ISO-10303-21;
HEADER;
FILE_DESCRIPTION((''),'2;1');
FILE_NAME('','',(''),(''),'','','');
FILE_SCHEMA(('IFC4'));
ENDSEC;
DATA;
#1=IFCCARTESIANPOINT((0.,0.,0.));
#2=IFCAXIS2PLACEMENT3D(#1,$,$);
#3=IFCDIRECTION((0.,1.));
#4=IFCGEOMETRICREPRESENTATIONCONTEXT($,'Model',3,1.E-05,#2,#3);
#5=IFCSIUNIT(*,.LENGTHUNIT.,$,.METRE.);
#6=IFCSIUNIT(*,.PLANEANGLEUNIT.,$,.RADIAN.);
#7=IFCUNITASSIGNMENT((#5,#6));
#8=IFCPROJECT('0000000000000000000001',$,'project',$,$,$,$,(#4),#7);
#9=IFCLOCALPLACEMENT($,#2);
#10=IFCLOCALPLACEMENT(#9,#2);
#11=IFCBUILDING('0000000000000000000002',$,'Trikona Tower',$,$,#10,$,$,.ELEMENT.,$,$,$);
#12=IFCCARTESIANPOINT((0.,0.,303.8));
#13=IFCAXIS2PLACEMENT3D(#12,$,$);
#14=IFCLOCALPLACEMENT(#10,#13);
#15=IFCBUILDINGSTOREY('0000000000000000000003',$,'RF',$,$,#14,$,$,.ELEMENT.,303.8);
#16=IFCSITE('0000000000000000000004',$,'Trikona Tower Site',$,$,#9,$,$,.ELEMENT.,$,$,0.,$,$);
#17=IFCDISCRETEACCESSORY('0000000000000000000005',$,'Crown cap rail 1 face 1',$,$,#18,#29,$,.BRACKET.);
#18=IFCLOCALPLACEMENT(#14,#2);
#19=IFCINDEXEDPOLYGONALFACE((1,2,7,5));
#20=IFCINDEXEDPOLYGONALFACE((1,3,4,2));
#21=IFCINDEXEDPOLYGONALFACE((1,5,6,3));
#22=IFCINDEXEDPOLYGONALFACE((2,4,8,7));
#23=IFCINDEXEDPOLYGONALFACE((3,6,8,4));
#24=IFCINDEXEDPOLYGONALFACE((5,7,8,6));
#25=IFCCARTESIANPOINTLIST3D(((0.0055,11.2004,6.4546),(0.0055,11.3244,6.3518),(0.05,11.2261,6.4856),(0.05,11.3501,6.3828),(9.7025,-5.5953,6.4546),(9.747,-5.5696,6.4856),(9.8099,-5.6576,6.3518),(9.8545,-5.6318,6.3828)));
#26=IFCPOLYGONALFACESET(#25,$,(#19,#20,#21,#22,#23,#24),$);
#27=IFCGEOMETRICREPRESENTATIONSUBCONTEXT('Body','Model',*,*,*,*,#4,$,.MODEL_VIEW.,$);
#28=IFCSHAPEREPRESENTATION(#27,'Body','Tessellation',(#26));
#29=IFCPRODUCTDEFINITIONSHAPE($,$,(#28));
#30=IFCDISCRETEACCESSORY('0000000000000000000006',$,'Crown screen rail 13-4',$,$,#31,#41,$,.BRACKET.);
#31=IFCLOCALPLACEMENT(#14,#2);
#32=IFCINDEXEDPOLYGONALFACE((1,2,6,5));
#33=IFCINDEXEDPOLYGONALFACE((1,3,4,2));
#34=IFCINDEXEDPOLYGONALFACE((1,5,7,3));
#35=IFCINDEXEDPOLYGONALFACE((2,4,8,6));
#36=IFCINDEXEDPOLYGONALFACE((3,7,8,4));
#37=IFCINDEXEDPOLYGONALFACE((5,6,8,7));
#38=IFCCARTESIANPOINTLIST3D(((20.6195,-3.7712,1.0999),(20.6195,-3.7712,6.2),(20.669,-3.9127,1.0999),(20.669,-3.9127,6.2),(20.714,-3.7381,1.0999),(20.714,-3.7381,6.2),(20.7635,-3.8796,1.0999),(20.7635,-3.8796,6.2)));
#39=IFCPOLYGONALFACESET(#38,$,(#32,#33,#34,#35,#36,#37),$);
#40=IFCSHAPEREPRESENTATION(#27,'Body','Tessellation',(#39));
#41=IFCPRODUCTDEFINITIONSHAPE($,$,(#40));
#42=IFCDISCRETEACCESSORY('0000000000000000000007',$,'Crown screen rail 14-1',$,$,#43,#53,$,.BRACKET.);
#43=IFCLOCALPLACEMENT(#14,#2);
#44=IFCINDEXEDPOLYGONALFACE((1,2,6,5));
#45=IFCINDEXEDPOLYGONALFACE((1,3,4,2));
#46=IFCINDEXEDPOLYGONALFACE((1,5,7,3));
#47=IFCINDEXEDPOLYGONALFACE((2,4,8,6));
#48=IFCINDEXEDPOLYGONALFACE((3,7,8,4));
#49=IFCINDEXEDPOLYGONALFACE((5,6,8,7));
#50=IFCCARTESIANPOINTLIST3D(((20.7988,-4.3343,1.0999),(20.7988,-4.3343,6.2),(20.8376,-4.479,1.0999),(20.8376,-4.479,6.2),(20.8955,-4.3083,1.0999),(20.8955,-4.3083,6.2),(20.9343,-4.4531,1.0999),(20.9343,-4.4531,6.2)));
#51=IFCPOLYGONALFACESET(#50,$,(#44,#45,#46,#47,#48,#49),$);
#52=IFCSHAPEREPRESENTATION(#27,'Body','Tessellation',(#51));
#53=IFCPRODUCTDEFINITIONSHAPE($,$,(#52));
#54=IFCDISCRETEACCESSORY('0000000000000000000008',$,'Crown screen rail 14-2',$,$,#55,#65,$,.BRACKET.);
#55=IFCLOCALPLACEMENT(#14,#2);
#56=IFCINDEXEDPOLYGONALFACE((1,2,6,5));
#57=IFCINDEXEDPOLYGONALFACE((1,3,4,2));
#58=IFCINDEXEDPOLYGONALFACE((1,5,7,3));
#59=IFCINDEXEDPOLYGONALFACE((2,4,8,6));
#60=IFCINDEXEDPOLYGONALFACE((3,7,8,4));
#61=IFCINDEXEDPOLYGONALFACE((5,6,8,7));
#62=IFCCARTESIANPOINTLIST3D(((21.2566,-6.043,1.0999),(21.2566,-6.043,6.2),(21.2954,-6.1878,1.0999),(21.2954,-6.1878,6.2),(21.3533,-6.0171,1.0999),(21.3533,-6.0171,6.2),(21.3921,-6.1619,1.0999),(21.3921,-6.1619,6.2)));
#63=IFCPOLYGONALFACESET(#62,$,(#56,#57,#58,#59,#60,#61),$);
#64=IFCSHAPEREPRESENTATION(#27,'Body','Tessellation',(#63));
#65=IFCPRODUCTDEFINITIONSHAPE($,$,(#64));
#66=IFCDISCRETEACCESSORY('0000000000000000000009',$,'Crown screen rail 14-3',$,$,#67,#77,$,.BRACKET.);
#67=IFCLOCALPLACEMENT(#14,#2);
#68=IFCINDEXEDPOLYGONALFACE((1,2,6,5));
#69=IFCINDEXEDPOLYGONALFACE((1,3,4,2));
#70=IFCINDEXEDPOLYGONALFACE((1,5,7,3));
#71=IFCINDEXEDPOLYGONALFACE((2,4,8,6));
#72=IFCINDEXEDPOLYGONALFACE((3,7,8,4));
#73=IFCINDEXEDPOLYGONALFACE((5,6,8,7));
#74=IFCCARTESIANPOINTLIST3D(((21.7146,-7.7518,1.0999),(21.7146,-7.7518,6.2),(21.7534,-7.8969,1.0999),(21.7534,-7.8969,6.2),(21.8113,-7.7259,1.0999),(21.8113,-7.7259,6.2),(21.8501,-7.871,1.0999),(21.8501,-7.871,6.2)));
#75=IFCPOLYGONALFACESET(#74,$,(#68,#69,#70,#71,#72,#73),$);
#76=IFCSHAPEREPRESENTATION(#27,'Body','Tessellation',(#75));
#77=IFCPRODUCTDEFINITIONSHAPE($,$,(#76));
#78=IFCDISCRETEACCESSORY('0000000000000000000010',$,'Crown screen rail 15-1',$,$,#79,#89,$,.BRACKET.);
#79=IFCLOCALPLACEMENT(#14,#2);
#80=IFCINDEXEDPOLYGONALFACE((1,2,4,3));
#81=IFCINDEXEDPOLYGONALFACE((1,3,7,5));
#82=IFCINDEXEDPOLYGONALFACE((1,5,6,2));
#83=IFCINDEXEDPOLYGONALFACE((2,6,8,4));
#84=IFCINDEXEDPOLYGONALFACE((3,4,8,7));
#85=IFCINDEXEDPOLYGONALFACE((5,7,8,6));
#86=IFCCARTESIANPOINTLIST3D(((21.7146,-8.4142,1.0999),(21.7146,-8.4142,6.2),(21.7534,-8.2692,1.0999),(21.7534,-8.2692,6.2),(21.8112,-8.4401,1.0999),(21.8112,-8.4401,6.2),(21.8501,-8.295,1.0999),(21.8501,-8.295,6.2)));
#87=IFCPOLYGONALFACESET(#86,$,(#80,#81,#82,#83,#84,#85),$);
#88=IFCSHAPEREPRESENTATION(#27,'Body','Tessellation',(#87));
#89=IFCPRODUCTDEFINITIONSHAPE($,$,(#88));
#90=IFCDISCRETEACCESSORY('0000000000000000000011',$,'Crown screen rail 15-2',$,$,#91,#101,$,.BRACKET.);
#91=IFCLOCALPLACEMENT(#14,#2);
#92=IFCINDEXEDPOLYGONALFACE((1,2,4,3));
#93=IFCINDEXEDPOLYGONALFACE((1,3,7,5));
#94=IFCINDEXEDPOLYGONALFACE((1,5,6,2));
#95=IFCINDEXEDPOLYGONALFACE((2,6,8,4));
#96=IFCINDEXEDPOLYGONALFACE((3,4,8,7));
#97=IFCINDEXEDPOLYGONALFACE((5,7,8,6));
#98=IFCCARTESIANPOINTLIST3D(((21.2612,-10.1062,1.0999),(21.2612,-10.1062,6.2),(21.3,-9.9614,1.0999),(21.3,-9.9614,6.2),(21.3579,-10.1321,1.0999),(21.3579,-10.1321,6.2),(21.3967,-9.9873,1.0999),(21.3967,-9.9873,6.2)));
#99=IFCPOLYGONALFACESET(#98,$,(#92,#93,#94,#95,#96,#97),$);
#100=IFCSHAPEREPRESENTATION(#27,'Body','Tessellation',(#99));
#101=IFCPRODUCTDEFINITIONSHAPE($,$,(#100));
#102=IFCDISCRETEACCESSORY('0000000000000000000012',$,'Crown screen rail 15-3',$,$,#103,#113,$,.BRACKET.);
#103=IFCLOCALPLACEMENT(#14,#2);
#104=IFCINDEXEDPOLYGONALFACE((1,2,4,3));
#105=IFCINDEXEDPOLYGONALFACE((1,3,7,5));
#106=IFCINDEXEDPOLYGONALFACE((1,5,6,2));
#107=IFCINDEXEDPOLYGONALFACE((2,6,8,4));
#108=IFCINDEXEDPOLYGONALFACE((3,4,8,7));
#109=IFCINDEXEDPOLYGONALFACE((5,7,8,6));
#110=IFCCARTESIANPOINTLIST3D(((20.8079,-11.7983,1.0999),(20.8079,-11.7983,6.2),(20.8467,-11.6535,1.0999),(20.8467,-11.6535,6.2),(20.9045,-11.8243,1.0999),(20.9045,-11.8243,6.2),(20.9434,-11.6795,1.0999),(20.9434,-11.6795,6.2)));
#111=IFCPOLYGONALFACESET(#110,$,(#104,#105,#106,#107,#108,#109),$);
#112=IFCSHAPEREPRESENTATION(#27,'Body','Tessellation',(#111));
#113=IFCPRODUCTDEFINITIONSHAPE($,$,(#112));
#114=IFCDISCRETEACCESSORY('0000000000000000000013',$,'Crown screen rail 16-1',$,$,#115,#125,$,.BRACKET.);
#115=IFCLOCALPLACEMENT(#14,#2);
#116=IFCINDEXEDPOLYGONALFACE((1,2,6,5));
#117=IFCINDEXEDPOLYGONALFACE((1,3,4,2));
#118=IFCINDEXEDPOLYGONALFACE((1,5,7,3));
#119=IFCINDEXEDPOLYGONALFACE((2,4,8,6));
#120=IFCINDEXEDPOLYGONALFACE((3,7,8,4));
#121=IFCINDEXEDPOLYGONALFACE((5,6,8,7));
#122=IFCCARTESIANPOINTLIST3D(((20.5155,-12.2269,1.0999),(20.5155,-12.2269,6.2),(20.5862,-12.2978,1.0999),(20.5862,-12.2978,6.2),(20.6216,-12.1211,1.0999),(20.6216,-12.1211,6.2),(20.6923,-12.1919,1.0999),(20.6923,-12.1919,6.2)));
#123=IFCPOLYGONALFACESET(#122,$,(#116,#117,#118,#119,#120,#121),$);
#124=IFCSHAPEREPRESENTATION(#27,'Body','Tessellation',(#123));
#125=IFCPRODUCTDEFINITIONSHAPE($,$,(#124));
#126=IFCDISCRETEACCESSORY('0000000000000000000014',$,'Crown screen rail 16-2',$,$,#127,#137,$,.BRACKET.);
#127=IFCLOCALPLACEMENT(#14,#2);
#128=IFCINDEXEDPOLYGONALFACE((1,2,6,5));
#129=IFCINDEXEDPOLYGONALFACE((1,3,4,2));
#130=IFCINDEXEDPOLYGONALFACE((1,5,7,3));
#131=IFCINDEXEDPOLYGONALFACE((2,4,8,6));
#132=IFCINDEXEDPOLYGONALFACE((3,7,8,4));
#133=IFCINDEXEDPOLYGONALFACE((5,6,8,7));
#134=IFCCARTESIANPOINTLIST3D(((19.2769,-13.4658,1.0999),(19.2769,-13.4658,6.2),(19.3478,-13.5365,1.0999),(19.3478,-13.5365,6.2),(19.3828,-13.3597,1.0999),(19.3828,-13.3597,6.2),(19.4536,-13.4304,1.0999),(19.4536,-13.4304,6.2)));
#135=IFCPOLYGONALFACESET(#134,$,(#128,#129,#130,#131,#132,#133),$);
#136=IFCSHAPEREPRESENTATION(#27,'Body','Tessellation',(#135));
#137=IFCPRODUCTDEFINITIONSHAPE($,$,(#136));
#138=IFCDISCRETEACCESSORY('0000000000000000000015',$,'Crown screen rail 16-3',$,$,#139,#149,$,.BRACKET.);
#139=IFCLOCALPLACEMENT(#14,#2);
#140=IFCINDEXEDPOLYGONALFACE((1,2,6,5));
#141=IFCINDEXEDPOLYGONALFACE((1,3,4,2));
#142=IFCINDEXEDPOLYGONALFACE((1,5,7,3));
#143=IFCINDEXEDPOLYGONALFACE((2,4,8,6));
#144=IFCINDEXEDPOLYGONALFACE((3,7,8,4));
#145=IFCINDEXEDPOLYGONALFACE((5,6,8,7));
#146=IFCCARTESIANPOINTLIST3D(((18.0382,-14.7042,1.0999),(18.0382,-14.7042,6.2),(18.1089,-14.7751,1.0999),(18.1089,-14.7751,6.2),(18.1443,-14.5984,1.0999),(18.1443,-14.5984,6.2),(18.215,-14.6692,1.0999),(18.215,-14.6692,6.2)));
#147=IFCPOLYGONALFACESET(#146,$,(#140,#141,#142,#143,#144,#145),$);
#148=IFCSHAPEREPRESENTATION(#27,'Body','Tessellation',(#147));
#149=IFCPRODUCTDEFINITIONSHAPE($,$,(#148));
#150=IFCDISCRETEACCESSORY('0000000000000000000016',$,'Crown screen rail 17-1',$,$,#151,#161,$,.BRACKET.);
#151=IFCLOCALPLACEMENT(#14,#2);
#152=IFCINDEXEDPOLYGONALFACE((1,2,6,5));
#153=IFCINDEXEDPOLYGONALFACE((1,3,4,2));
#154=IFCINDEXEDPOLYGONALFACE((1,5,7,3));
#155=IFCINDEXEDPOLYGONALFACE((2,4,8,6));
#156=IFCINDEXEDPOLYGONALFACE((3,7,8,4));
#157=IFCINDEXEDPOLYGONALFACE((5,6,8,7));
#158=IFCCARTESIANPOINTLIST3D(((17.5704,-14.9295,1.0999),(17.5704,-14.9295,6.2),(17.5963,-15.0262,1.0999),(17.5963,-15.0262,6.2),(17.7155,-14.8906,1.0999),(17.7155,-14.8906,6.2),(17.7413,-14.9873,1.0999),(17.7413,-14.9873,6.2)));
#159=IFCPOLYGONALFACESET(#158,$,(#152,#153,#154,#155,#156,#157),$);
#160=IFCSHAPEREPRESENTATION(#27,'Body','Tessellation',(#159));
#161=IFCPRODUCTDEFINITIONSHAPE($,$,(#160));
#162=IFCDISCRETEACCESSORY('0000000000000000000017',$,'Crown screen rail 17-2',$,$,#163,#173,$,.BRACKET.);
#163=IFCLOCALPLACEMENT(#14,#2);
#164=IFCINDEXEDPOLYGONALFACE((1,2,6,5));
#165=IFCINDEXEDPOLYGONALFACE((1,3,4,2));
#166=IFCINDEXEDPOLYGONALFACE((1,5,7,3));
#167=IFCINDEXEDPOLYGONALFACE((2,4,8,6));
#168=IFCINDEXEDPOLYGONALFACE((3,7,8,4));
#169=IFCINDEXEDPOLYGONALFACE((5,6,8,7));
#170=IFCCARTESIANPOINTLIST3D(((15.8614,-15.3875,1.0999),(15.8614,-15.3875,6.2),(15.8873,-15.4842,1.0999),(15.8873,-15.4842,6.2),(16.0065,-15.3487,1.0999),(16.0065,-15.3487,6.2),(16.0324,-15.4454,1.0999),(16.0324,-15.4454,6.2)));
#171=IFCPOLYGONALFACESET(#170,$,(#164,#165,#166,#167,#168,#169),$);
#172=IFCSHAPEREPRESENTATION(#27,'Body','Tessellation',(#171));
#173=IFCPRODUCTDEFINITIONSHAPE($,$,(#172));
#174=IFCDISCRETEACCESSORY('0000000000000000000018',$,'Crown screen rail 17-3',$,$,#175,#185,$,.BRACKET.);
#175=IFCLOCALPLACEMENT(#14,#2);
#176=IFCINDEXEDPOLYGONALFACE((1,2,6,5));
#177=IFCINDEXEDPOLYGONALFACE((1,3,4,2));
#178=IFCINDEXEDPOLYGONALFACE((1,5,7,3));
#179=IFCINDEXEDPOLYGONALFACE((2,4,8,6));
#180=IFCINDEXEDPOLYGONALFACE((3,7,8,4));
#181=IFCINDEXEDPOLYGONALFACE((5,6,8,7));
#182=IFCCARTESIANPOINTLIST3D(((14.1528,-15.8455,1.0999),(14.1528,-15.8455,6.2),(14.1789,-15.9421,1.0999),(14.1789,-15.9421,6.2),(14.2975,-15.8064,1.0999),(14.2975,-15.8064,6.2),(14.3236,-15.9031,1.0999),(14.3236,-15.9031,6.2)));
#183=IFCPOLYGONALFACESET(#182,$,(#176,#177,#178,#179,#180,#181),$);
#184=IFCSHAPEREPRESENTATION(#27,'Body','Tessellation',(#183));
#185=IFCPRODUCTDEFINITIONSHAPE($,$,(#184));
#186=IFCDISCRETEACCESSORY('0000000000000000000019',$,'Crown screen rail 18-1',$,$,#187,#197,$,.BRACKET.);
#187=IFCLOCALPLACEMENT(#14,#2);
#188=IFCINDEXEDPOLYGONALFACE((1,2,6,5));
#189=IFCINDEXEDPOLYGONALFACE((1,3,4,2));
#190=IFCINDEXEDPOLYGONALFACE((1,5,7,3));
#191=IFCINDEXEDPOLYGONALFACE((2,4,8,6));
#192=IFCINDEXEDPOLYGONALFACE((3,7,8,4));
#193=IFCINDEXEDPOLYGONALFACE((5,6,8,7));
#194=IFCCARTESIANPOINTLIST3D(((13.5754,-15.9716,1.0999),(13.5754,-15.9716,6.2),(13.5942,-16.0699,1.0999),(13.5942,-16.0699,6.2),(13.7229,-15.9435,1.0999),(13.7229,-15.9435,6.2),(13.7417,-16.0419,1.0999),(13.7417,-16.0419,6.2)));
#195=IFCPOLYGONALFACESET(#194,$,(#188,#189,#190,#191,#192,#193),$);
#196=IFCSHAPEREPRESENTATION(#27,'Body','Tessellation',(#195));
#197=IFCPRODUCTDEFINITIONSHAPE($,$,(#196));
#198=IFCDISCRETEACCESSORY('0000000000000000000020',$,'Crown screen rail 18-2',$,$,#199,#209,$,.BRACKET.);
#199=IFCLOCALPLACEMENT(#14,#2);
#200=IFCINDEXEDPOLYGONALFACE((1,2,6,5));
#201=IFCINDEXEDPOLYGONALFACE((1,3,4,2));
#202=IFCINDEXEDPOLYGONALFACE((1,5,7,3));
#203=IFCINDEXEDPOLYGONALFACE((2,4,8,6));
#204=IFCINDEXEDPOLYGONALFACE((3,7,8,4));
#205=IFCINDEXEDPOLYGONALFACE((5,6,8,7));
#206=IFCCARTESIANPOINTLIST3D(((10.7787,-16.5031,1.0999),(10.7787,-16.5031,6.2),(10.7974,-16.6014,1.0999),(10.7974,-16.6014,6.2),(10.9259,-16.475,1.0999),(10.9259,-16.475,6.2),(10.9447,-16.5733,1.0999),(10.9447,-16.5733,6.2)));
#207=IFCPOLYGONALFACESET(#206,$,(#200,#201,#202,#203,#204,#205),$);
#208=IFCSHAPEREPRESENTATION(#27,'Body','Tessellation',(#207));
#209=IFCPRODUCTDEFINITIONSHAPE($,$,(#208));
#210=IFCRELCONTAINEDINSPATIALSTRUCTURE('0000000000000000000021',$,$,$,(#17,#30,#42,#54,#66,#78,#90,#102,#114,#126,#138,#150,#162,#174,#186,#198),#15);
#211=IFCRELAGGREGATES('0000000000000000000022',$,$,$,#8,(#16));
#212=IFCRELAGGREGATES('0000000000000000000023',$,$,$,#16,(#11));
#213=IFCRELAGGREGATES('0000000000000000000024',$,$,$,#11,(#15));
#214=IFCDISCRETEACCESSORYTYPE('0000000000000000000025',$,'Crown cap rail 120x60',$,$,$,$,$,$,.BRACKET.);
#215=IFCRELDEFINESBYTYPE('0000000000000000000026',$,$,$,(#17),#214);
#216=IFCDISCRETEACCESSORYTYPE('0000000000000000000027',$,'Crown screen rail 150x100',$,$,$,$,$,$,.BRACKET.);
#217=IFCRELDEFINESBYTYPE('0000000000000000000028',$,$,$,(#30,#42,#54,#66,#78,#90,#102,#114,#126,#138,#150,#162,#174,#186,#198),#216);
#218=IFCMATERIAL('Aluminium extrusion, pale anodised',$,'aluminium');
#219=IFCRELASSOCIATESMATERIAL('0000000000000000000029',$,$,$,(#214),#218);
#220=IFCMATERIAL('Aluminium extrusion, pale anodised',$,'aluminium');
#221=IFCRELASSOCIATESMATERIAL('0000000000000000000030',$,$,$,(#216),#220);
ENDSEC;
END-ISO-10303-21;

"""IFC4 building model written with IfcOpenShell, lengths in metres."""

from ifc_helpers import new_model, si_unit, direction, frame, frame_2d, origin, place, context, subcontext, project, spatial, polyline, rectangle, outline, extrude, material, type_object, element, save


model = new_model("IFC4")

# Units and contexts
model_context = context("Model", 3, precision=1e-05, world=origin(), true_north=direction((0.0, 1.0)))
body_context = subcontext(model_context, "Body", "Model", "MODEL_VIEW")
ifc_project = project(units=[si_unit("LENGTHUNIT", "METRE"), si_unit("PLANEANGLEUNIT", "RADIAN")], contexts=[model_context])

# Site, building, storey
site_placement = place(None, origin())
site = spatial("IfcSite", under=ifc_project, at=site_placement, Name="Trikona Tower Site", CompositionType="ELEMENT", RefElevation=0.0)
building_placement = place(site_placement, origin())
building = spatial("IfcBuilding", under=site, at=building_placement, Name="Trikona Tower", CompositionType="ELEMENT")
storey_placement = place(building_placement, frame((0.0, 0.0, 303.8)))
storey = spatial("IfcBuildingStorey", under=building, at=storey_placement, Name="RF", CompositionType="ELEMENT", Elevation=303.8)

# Discrete accessories
ifc_material_1 = material(Name="Aluminium extrusion, pale anodised", Category="aluminium")
discrete_accessory_type_1 = type_object("IfcDiscreteAccessoryType", Name="Crown cap rail 120x60", PredefinedType="BRACKET", material=ifc_material_1)
discrete_accessory_1_placement = place(storey_placement, frame((9.8545, -5.6318, 6.3828), z_axis=(0.741696, 0.428217, 0.516253), x_axis=(-0.499999, 0.866026, -0.000001)))
element("IfcDiscreteAccessory", 1, at=discrete_accessory_1_placement, inside=storey, type_object=discrete_accessory_type_1, Name="Crown cap rail 1 face 1", PredefinedType="BRACKET", context=body_context, shape_type="SweptSolid", body=[
    extrude(outline(polyline([(0.0, 0.0), (19.609, 0.0), (19.5016, 0.12), (0.1076, 0.12), (0.0, 0.0)])), origin(), (0.0, 0.0, -1.0), 0.0601),
])
ifc_material_2 = material(Name="Aluminium extrusion, pale anodised", Category="aluminium")
discrete_accessory_type_2 = type_object("IfcDiscreteAccessoryType", Name="Crown screen rail 150x100", PredefinedType="BRACKET", material=ifc_material_2)
for number, where, z_axis, x_axis, name in (
    (2, (20.6667, -3.7546, 1.0999), (0.0, 0.0, 1.0), (0.33035, -0.943858, 0.0), "Crown screen rail 13-4"),
    (3, (20.8472, -4.3213, 1.0999), (0.0, 0.0, 1.0), (0.25898, -0.965883, 0.0), "Crown screen rail 14-1"),
    (4, (21.3049, -6.03, 1.0999), (0.0, 0.0, 1.0), (0.25898, -0.965883, 0.0), "Crown screen rail 14-2"),
):
    element("IfcDiscreteAccessory", number, at=place(storey_placement, frame(where, z_axis=z_axis, x_axis=x_axis)), inside=storey, type_object=discrete_accessory_type_2, Name=name, PredefinedType="BRACKET", context=body_context, shape_type="SweptSolid", body=[
        extrude(rectangle(XDim=0.1499, YDim=0.1001, at=frame_2d((0.075, 0.0))), origin(), (0.0, 0.0, 1.0), 5.1001),
    ])
for number, where, z_axis, x_axis, name in (
    (5, (21.7629, -7.7388, 1.0999), (0.0, 0.0, 1.0), (0.258574, -0.965992, 0.0), "Crown screen rail 14-3"),
    (6, (21.8018, -8.282, 1.0999), (0.0, 0.0, 1.0), (-0.258574, -0.965992, 0.0), "Crown screen rail 15-1"),
):
    element("IfcDiscreteAccessory", number, at=place(storey_placement, frame(where, z_axis=z_axis, x_axis=x_axis)), inside=storey, type_object=discrete_accessory_type_2, Name=name, PredefinedType="BRACKET", context=body_context, shape_type="SweptSolid", body=[
        extrude(rectangle(XDim=0.1501, YDim=0.1001, at=frame_2d((0.0752, 0.0))), origin(), (0.0, 0.0, 1.0), 5.1001),
    ])
for number, where, z_axis, x_axis, name in (
    (7, (21.3484, -9.9744, 1.0999), (0.0, 0.0, 1.0), (-0.25898, -0.965883, 0.0), "Crown screen rail 15-2"),
    (8, (20.895, -11.6665, 1.0999), (0.0, 0.0, 1.0), (-0.25898, -0.965883, 0.0), "Crown screen rail 15-3"),
    (9, (20.657, -12.1565, 1.0999), (0.0, 0.0, 1.0), (-0.70792, -0.706293, 0.0), "Crown screen rail 16-1"),
    (10, (19.4182, -13.395, 1.0999), (0.0, 0.0, 1.0), (-0.706293, -0.70792, 0.0), "Crown screen rail 16-2"),
    (11, (18.1797, -14.6338, 1.0999), (0.0, 0.0, 1.0), (-0.70792, -0.706293, 0.0), "Crown screen rail 16-3"),
):
    element("IfcDiscreteAccessory", number, at=place(storey_placement, frame(where, z_axis=z_axis, x_axis=x_axis)), inside=storey, type_object=discrete_accessory_type_2, Name=name, PredefinedType="BRACKET", context=body_context, shape_type="SweptSolid", body=[
        extrude(rectangle(XDim=0.1499, YDim=0.1001, at=frame_2d((0.075, 0.0))), origin(), (0.0, 0.0, 1.0), 5.1001),
    ])
for number, where, z_axis, x_axis, name in (
    (12, (17.7285, -14.939, 1.0999), (0.0, 0.0, 1.0), (-0.965992, -0.258574, 0.0), "Crown screen rail 17-1"),
    (13, (16.0195, -15.397, 1.0999), (0.0, 0.0, 1.0), (-0.965992, -0.258574, 0.0), "Crown screen rail 17-2"),
):
    element("IfcDiscreteAccessory", number, at=place(storey_placement, frame(where, z_axis=z_axis, x_axis=x_axis)), inside=storey, type_object=discrete_accessory_type_2, Name=name, PredefinedType="BRACKET", context=body_context, shape_type="SweptSolid", body=[
        extrude(rectangle(XDim=0.1501, YDim=0.1001, at=frame_2d((0.0752, 0.0))), origin(), (0.0, 0.0, 1.0), 5.1001),
    ])
discrete_accessory_2_placement = place(storey_placement, frame((14.3105, -15.8547, 1.0999), z_axis=(0.0, 0.0, 1.0), x_axis=(-0.965474, -0.260499, 0.0)))
element("IfcDiscreteAccessory", 14, at=discrete_accessory_2_placement, inside=storey, type_object=discrete_accessory_type_2, Name="Crown screen rail 17-3", PredefinedType="BRACKET", context=body_context, shape_type="SweptSolid", body=[
    extrude(rectangle(XDim=0.1499, YDim=0.1001, at=frame_2d((0.075, 0.0))), origin(), (0.0, 0.0, 1.0), 5.1001),
])
discrete_accessory_3_placement = place(storey_placement, frame((13.7324, -15.9927, 1.0999), z_axis=(0.0, 0.0, 1.0), x_axis=(-0.982353, -0.187037, 0.0)))
element("IfcDiscreteAccessory", 15, at=discrete_accessory_3_placement, inside=storey, type_object=discrete_accessory_type_2, Name="Crown screen rail 18-1", PredefinedType="BRACKET", context=body_context, shape_type="SweptSolid", body=[
    extrude(rectangle(XDim=0.1501, YDim=0.1001, at=frame_2d((0.0752, 0.0))), origin(), (0.0, 0.0, 1.0), 5.1001),
])
discrete_accessory_4_placement = place(storey_placement, frame((10.9353, -16.5242, 1.0999), z_axis=(0.0, 0.0, 1.0), x_axis=(-0.982296, -0.187337, 0.0)))
element("IfcDiscreteAccessory", 16, at=discrete_accessory_4_placement, inside=storey, type_object=discrete_accessory_type_2, Name="Crown screen rail 18-2", PredefinedType="BRACKET", context=body_context, shape_type="SweptSolid", body=[
    extrude(rectangle(XDim=0.1499, YDim=0.1001, at=frame_2d((0.075, 0.0))), origin(), (0.0, 0.0, 1.0), 5.1001),
])

save(model, "model.ifc")
